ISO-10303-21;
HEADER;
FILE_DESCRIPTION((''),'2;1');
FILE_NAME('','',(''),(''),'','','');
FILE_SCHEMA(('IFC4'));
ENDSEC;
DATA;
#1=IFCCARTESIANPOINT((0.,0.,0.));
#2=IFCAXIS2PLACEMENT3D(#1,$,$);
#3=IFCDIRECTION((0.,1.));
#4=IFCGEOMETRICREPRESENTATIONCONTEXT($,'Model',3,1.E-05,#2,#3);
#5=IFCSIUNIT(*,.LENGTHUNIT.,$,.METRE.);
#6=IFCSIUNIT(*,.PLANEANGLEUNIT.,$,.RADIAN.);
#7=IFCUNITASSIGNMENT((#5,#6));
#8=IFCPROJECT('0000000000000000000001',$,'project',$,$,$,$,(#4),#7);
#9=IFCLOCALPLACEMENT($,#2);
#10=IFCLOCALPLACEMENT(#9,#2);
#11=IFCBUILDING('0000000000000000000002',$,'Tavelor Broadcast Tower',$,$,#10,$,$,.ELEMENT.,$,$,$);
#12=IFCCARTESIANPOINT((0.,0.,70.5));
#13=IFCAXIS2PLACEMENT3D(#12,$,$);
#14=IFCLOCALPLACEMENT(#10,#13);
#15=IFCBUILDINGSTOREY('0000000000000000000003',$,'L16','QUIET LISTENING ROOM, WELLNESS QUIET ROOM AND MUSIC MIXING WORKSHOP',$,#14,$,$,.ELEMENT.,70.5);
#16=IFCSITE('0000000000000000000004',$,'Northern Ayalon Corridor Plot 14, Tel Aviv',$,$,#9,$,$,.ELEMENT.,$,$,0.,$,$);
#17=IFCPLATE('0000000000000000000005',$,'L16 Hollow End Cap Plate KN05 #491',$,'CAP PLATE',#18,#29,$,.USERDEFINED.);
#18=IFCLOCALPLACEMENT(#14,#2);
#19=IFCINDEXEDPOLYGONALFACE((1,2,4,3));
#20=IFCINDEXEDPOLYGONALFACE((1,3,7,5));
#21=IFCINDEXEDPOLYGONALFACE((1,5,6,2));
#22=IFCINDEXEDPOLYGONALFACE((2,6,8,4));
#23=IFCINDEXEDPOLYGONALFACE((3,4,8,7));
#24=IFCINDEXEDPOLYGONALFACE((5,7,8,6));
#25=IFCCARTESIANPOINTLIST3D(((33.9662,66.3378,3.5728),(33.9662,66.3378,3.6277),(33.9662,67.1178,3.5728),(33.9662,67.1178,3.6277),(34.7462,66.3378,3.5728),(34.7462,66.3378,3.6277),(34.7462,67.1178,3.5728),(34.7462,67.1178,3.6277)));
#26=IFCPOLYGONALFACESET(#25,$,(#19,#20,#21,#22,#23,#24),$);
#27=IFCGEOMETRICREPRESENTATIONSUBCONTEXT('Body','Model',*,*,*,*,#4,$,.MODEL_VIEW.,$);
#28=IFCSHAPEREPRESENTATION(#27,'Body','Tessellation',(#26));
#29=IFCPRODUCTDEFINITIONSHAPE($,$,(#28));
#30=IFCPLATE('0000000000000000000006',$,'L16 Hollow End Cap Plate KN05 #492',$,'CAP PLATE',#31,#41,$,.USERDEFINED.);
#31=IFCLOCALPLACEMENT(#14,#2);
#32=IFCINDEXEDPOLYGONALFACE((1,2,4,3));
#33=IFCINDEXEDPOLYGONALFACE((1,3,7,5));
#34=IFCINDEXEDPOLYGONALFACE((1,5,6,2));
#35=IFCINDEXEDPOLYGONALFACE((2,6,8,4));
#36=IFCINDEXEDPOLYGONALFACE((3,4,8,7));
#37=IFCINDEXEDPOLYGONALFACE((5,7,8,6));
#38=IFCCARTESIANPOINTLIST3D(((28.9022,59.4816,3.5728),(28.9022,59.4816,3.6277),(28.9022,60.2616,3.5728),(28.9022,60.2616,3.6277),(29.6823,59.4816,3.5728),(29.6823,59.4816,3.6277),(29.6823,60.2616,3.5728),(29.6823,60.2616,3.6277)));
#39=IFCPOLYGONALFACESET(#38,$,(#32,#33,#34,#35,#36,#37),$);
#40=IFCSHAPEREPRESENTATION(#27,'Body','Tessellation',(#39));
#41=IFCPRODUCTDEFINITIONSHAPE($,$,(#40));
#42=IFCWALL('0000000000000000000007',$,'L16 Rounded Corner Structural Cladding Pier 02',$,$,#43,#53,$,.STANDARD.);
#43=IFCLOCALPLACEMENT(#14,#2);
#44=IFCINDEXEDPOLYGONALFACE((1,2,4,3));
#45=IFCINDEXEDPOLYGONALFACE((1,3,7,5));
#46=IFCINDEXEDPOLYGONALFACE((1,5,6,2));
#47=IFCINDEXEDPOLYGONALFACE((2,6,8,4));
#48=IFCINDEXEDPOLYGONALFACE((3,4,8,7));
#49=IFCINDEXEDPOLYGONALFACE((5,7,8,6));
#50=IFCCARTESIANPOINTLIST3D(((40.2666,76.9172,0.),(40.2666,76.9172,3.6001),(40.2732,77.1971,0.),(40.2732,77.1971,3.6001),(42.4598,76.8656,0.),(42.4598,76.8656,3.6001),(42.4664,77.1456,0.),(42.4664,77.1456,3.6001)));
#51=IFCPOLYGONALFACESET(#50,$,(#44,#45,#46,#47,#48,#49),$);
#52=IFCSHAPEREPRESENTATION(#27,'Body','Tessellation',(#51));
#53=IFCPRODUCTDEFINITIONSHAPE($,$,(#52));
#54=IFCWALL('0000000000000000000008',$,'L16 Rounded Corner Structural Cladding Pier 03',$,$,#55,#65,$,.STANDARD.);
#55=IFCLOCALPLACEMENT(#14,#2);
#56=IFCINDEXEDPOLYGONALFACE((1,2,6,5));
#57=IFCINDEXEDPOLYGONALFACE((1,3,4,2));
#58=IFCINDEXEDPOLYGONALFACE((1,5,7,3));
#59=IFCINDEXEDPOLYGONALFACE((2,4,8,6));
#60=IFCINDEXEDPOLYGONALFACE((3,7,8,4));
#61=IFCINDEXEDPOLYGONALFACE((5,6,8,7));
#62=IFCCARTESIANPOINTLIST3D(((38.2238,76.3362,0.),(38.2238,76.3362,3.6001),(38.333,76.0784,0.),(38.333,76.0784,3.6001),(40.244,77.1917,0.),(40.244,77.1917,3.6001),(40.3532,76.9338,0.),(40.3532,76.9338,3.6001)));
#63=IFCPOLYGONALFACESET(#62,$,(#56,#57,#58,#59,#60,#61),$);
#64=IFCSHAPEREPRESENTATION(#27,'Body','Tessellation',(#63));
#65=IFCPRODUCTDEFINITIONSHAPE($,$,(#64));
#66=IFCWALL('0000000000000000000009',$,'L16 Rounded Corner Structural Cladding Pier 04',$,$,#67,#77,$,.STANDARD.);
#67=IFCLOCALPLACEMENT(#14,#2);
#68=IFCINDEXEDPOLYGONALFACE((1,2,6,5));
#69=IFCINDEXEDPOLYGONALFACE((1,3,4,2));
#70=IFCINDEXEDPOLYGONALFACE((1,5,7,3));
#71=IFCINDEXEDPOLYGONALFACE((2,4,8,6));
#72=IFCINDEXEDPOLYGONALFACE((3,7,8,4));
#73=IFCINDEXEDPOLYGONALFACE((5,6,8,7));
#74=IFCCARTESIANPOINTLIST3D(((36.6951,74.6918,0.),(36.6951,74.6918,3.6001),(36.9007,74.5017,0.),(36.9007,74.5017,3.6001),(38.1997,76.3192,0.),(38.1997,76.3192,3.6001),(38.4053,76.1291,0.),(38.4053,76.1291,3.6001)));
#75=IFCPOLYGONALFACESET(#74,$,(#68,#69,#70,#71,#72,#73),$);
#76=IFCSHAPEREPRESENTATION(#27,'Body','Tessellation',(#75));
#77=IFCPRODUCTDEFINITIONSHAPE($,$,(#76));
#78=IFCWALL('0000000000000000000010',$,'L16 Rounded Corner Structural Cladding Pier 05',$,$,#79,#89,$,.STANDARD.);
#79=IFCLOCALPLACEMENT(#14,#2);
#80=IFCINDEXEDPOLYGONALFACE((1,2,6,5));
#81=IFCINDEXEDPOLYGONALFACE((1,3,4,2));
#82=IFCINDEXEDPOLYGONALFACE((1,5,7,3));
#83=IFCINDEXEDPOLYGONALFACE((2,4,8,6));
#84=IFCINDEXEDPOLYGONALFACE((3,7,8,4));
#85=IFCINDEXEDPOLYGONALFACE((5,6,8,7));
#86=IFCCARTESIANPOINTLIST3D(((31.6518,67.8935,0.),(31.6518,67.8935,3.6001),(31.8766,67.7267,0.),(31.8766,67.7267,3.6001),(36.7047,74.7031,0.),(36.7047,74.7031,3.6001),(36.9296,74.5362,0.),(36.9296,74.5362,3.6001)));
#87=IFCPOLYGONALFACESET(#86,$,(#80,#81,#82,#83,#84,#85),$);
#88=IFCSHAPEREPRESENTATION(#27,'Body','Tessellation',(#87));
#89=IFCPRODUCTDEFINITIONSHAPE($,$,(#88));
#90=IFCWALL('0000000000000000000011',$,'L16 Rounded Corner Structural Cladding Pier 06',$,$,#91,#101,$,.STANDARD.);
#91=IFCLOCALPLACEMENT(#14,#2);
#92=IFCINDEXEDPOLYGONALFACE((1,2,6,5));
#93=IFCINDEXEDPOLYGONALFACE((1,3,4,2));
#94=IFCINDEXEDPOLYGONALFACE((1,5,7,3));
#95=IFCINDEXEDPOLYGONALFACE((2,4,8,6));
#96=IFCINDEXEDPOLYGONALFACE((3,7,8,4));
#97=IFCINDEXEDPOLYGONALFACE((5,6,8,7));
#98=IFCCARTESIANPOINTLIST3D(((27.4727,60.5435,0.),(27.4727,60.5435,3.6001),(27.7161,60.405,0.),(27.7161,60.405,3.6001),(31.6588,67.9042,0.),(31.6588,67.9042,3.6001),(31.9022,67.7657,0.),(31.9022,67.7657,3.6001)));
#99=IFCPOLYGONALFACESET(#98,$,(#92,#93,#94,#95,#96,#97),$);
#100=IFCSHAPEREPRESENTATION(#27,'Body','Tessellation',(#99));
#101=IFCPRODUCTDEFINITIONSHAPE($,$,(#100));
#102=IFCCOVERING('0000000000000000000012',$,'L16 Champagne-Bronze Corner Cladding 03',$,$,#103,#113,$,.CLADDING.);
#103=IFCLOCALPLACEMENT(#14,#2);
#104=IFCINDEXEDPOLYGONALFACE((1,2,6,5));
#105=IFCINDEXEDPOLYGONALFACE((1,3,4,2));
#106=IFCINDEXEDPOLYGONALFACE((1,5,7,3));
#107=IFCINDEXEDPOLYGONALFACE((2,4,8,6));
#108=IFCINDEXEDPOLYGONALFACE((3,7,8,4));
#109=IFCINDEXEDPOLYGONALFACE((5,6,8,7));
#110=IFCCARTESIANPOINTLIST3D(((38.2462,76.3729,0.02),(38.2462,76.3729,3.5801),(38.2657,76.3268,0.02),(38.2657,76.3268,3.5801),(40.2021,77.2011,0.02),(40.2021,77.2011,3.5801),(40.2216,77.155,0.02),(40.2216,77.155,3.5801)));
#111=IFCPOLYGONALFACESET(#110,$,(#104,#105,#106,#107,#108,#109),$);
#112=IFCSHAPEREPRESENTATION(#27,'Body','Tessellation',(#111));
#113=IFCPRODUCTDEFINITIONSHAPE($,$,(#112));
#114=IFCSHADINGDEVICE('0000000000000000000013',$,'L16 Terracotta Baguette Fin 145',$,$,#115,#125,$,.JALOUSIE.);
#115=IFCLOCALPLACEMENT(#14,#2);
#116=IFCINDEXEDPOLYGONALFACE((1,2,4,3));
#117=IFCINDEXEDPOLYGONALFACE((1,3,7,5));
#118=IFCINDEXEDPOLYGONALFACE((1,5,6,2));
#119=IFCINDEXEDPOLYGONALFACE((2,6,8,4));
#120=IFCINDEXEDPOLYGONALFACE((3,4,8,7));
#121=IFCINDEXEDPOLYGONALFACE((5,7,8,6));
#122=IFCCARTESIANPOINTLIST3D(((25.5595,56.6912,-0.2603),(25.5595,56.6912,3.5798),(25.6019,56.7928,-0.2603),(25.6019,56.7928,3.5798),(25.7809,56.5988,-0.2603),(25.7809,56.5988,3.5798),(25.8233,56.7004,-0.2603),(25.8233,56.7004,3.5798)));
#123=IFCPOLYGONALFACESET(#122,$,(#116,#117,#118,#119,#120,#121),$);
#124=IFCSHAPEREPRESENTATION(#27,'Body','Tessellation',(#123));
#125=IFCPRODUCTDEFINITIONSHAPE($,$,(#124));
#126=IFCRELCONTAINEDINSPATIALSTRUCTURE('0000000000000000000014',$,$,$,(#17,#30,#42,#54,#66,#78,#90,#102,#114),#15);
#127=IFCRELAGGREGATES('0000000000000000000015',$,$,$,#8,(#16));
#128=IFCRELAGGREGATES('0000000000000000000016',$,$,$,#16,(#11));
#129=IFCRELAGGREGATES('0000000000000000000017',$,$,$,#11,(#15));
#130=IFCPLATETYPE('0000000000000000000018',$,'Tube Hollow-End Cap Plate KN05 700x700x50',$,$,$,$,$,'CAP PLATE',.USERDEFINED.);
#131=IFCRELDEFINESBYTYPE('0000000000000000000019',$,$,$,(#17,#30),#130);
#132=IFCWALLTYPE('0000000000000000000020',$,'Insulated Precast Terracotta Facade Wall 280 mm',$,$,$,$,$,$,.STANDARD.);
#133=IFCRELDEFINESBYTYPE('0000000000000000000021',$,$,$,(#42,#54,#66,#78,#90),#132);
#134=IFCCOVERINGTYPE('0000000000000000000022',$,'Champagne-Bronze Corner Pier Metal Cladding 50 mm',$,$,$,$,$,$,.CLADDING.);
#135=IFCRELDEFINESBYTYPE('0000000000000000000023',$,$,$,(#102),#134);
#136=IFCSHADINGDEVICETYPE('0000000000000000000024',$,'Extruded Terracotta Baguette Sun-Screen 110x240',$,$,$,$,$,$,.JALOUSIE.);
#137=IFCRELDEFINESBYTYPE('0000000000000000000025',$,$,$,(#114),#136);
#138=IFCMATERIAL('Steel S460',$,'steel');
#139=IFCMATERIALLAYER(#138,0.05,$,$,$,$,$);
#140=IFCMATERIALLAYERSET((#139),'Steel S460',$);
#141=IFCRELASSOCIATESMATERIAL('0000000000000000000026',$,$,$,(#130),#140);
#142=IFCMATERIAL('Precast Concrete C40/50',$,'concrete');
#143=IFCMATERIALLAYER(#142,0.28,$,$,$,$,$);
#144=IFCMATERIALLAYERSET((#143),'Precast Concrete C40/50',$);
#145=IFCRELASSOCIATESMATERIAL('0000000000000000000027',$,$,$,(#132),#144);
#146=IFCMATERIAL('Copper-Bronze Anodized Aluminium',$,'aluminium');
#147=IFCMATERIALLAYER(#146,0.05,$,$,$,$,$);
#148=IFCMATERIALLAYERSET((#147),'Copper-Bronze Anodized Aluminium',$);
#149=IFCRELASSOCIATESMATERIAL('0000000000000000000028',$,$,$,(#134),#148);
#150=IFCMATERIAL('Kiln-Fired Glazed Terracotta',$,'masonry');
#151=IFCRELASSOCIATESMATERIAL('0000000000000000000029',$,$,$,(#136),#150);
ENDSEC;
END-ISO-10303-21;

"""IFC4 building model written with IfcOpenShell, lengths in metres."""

from ifc_helpers import new_model, si_unit, direction, frame, frame_2d, origin, origin_2d, place, context, subcontext, project, spatial, rectangle, extrude, source, transform, mapped, material, layer, layer_set, type_object, type_shapes, element, save


model = new_model("IFC4")

# Units and contexts
model_context = context("Model", 3, precision=1e-05, world=origin(), true_north=direction((0.0, 1.0)))
body_context = subcontext(model_context, "Body", "Model", "MODEL_VIEW")
ifc_project = project(units=[si_unit("LENGTHUNIT", "METRE"), si_unit("PLANEANGLEUNIT", "RADIAN")], contexts=[model_context])

# Site, building, storey
site_placement = place(None, origin())
site = spatial("IfcSite", under=ifc_project, at=site_placement, Name="Northern Ayalon Corridor Plot 14, Tel Aviv", CompositionType="ELEMENT", RefElevation=0.0)
building_placement = place(site_placement, origin())
building = spatial("IfcBuilding", under=site, at=building_placement, Name="Tavelor Broadcast Tower", CompositionType="ELEMENT")
storey_placement = place(building_placement, frame((0.0, 0.0, 70.5)))
storey = spatial("IfcBuildingStorey", under=building, at=storey_placement, Name="L16", Description="QUIET LISTENING ROOM, WELLNESS QUIET ROOM AND MUSIC MIXING WORKSHOP", CompositionType="ELEMENT", Elevation=70.5)

# Shared definitions
ifc_material_1 = material(Name="Steel S460", Category="steel")

# Plates
ifc_layer_1 = layer(ifc_material_1, 0.05)
ifc_layer_set_1 = layer_set([ifc_layer_1], Name="Steel S460")
plate_type = type_object("IfcPlateType", Name="Tube Hollow-End Cap Plate KN05 700x700x50", ElementType="CAP PLATE", PredefinedType="USERDEFINED", material=ifc_layer_set_1)
shared_shape_1 = source(origin(), body_context, "Body", "SweptSolid", [
    extrude(rectangle(XDim=0.78, YDim=0.78, at=origin_2d()), origin(), (0.0, 0.0, 1.0), 0.0549),
])
for number, where, z_axis, x_axis, name in (
    (1, (34.3562, 66.7278, 3.5728), (0.0, 0.0, 1.0), (1.0, 0.0, 0.0), "L16 Hollow End Cap Plate KN05 #491"),
    (2, (29.2922, 59.8716, 3.5728), (0.0, 0.0, 1.0), (1.0, 0.0, 0.0), "L16 Hollow End Cap Plate KN05 #492"),
):
    element("IfcPlate", number, at=place(storey_placement, frame(where, z_axis=z_axis, x_axis=x_axis)), inside=storey, type_object=plate_type, Name=name, ObjectType="CAP PLATE", PredefinedType="USERDEFINED", context=body_context, shape_type="MappedRepresentation", body=[
        mapped(shared_shape_1, transform((0.0, 0.0, 0.0), scale=1.0)),
    ])

# Walls
ifc_material_2 = material(Name="Precast Concrete C40/50", Category="concrete")
ifc_layer_2 = layer(ifc_material_2, 0.28)
ifc_layer_set_2 = layer_set([ifc_layer_2], Name="Precast Concrete C40/50")
wall_type = type_object("IfcWallType", Name="Insulated Precast Terracotta Facade Wall 280 mm", PredefinedType="STANDARD", material=ifc_layer_set_2)
for number, where, z_axis, x_axis, name in (
    (3, (42.4631, 77.0056, 0.0), (0.0, 0.0, 1.0), (-0.999724, 0.02348, 0.0), "L16 Rounded Corner Structural Cladding Pier 02"),
    (4, (40.2986, 77.0627, 0.0), (0.0, 0.0, 1.0), (-0.920846, -0.389927, 0.0), "L16 Rounded Corner Structural Cladding Pier 03"),
):
    element("IfcWall", number, at=place(storey_placement, frame(where, z_axis=z_axis, x_axis=x_axis)), inside=storey, type_object=wall_type, Name=name, PredefinedType="STANDARD", context=body_context, shape_type="SweptSolid", body=[
        extrude(rectangle(XDim=2.1938, YDim=0.28, at=frame_2d((1.0969, 0.0))), origin(), (0.0, 0.0, 1.0), 3.6001),
    ])
wall_1_placement = place(storey_placement, frame((38.3025, 76.2241, 0.0), z_axis=(0.0, 0.0, 1.0), x_axis=(-0.678861, -0.734267, 0.0)))
element("IfcWall", 5, at=wall_1_placement, inside=storey, type_object=wall_type, Name="L16 Rounded Corner Structural Cladding Pier 04", PredefinedType="STANDARD", context=body_context, shape_type="SweptSolid", body=[
    extrude(rectangle(XDim=2.2163, YDim=0.28, at=frame_2d((1.1082, 0.0))), origin(), (0.0, 0.0, 1.0), 3.6001),
])
wall_2_placement = place(storey_placement, frame((36.8171, 74.6196, 0.0), z_axis=(0.0, 0.0, 1.0), x_axis=(-0.595901, -0.803058, 0.0)))
element("IfcWall", 6, at=wall_2_placement, inside=storey, type_object=wall_type, Name="L16 Rounded Corner Structural Cladding Pier 05", PredefinedType="STANDARD", context=body_context, shape_type="SweptSolid", body=[
    extrude(rectangle(XDim=8.4795, YDim=0.28, at=frame_2d((4.2397, 0.0))), origin(), (0.0, 0.0, 1.0), 3.6001),
])
wall_3_placement = place(storey_placement, frame((31.7805, 67.835, 0.0), z_axis=(0.0, 0.0, 1.0), x_axis=(-0.494356, -0.86926, 0.0)))
element("IfcWall", 7, at=wall_3_placement, inside=storey, type_object=wall_type, Name="L16 Rounded Corner Structural Cladding Pier 06", PredefinedType="STANDARD", context=body_context, shape_type="SweptSolid", body=[
    extrude(rectangle(XDim=8.4678, YDim=0.28, at=frame_2d((4.2339, 0.0))), origin(), (0.0, 0.0, 1.0), 3.6001),
])

# Covering
ifc_material_3 = material(Name="Copper-Bronze Anodized Aluminium", Category="aluminium")
ifc_layer_3 = layer(ifc_material_3, 0.05)
ifc_layer_set_3 = layer_set([ifc_layer_3], Name="Copper-Bronze Anodized Aluminium")
covering_type = type_object("IfcCoveringType", Name="Champagne-Bronze Corner Pier Metal Cladding 50 mm", PredefinedType="CLADDING", material=ifc_layer_set_3)
covering_placement = place(storey_placement, frame((39.2339, 76.7639, 0.02), z_axis=(0.0, 0.0, 1.0), x_axis=(-0.920845, -0.389928, 0.0)))
element("IfcCovering", 8, at=covering_placement, inside=storey, type_object=covering_type, Name="L16 Champagne-Bronze Corner Cladding 03", PredefinedType="CLADDING", context=body_context, shape_type="SweptSolid", body=[
    extrude(rectangle(XDim=2.124, YDim=0.05, at=origin_2d()), origin(), (0.0, 0.0, 1.0), 3.5601),
])

# Shading device
ifc_material_4 = material(Name="Kiln-Fired Glazed Terracotta", Category="masonry")
shading_device_type = type_object("IfcShadingDeviceType", Name="Extruded Terracotta Baguette Sun-Screen 110x240", PredefinedType="JALOUSIE", material=ifc_material_4)
shared_shape_2 = source(origin(), body_context, "Body", "SweptSolid", [
    extrude(rectangle(XDim=0.1101, YDim=0.24, at=origin_2d()), origin(), (0.0, 0.0, 1.0), 3.8401),
])
type_shapes(shading_device_type, [shared_shape_2])
shading_device_placement = place(storey_placement, frame((25.6914, 56.6958, -0.2603), z_axis=(0.0, 0.0, 1.0), x_axis=(-0.385423, -0.92274, 0.0)))
element("IfcShadingDevice", 9, at=shading_device_placement, inside=storey, type_object=shading_device_type, Name="L16 Terracotta Baguette Fin 145", PredefinedType="JALOUSIE", context=body_context, shape_type="MappedRepresentation", body=[
    mapped(shared_shape_2, transform((0.0, 0.0, 0.0), scale=1.0)),
])

save(model, "model.ifc")
